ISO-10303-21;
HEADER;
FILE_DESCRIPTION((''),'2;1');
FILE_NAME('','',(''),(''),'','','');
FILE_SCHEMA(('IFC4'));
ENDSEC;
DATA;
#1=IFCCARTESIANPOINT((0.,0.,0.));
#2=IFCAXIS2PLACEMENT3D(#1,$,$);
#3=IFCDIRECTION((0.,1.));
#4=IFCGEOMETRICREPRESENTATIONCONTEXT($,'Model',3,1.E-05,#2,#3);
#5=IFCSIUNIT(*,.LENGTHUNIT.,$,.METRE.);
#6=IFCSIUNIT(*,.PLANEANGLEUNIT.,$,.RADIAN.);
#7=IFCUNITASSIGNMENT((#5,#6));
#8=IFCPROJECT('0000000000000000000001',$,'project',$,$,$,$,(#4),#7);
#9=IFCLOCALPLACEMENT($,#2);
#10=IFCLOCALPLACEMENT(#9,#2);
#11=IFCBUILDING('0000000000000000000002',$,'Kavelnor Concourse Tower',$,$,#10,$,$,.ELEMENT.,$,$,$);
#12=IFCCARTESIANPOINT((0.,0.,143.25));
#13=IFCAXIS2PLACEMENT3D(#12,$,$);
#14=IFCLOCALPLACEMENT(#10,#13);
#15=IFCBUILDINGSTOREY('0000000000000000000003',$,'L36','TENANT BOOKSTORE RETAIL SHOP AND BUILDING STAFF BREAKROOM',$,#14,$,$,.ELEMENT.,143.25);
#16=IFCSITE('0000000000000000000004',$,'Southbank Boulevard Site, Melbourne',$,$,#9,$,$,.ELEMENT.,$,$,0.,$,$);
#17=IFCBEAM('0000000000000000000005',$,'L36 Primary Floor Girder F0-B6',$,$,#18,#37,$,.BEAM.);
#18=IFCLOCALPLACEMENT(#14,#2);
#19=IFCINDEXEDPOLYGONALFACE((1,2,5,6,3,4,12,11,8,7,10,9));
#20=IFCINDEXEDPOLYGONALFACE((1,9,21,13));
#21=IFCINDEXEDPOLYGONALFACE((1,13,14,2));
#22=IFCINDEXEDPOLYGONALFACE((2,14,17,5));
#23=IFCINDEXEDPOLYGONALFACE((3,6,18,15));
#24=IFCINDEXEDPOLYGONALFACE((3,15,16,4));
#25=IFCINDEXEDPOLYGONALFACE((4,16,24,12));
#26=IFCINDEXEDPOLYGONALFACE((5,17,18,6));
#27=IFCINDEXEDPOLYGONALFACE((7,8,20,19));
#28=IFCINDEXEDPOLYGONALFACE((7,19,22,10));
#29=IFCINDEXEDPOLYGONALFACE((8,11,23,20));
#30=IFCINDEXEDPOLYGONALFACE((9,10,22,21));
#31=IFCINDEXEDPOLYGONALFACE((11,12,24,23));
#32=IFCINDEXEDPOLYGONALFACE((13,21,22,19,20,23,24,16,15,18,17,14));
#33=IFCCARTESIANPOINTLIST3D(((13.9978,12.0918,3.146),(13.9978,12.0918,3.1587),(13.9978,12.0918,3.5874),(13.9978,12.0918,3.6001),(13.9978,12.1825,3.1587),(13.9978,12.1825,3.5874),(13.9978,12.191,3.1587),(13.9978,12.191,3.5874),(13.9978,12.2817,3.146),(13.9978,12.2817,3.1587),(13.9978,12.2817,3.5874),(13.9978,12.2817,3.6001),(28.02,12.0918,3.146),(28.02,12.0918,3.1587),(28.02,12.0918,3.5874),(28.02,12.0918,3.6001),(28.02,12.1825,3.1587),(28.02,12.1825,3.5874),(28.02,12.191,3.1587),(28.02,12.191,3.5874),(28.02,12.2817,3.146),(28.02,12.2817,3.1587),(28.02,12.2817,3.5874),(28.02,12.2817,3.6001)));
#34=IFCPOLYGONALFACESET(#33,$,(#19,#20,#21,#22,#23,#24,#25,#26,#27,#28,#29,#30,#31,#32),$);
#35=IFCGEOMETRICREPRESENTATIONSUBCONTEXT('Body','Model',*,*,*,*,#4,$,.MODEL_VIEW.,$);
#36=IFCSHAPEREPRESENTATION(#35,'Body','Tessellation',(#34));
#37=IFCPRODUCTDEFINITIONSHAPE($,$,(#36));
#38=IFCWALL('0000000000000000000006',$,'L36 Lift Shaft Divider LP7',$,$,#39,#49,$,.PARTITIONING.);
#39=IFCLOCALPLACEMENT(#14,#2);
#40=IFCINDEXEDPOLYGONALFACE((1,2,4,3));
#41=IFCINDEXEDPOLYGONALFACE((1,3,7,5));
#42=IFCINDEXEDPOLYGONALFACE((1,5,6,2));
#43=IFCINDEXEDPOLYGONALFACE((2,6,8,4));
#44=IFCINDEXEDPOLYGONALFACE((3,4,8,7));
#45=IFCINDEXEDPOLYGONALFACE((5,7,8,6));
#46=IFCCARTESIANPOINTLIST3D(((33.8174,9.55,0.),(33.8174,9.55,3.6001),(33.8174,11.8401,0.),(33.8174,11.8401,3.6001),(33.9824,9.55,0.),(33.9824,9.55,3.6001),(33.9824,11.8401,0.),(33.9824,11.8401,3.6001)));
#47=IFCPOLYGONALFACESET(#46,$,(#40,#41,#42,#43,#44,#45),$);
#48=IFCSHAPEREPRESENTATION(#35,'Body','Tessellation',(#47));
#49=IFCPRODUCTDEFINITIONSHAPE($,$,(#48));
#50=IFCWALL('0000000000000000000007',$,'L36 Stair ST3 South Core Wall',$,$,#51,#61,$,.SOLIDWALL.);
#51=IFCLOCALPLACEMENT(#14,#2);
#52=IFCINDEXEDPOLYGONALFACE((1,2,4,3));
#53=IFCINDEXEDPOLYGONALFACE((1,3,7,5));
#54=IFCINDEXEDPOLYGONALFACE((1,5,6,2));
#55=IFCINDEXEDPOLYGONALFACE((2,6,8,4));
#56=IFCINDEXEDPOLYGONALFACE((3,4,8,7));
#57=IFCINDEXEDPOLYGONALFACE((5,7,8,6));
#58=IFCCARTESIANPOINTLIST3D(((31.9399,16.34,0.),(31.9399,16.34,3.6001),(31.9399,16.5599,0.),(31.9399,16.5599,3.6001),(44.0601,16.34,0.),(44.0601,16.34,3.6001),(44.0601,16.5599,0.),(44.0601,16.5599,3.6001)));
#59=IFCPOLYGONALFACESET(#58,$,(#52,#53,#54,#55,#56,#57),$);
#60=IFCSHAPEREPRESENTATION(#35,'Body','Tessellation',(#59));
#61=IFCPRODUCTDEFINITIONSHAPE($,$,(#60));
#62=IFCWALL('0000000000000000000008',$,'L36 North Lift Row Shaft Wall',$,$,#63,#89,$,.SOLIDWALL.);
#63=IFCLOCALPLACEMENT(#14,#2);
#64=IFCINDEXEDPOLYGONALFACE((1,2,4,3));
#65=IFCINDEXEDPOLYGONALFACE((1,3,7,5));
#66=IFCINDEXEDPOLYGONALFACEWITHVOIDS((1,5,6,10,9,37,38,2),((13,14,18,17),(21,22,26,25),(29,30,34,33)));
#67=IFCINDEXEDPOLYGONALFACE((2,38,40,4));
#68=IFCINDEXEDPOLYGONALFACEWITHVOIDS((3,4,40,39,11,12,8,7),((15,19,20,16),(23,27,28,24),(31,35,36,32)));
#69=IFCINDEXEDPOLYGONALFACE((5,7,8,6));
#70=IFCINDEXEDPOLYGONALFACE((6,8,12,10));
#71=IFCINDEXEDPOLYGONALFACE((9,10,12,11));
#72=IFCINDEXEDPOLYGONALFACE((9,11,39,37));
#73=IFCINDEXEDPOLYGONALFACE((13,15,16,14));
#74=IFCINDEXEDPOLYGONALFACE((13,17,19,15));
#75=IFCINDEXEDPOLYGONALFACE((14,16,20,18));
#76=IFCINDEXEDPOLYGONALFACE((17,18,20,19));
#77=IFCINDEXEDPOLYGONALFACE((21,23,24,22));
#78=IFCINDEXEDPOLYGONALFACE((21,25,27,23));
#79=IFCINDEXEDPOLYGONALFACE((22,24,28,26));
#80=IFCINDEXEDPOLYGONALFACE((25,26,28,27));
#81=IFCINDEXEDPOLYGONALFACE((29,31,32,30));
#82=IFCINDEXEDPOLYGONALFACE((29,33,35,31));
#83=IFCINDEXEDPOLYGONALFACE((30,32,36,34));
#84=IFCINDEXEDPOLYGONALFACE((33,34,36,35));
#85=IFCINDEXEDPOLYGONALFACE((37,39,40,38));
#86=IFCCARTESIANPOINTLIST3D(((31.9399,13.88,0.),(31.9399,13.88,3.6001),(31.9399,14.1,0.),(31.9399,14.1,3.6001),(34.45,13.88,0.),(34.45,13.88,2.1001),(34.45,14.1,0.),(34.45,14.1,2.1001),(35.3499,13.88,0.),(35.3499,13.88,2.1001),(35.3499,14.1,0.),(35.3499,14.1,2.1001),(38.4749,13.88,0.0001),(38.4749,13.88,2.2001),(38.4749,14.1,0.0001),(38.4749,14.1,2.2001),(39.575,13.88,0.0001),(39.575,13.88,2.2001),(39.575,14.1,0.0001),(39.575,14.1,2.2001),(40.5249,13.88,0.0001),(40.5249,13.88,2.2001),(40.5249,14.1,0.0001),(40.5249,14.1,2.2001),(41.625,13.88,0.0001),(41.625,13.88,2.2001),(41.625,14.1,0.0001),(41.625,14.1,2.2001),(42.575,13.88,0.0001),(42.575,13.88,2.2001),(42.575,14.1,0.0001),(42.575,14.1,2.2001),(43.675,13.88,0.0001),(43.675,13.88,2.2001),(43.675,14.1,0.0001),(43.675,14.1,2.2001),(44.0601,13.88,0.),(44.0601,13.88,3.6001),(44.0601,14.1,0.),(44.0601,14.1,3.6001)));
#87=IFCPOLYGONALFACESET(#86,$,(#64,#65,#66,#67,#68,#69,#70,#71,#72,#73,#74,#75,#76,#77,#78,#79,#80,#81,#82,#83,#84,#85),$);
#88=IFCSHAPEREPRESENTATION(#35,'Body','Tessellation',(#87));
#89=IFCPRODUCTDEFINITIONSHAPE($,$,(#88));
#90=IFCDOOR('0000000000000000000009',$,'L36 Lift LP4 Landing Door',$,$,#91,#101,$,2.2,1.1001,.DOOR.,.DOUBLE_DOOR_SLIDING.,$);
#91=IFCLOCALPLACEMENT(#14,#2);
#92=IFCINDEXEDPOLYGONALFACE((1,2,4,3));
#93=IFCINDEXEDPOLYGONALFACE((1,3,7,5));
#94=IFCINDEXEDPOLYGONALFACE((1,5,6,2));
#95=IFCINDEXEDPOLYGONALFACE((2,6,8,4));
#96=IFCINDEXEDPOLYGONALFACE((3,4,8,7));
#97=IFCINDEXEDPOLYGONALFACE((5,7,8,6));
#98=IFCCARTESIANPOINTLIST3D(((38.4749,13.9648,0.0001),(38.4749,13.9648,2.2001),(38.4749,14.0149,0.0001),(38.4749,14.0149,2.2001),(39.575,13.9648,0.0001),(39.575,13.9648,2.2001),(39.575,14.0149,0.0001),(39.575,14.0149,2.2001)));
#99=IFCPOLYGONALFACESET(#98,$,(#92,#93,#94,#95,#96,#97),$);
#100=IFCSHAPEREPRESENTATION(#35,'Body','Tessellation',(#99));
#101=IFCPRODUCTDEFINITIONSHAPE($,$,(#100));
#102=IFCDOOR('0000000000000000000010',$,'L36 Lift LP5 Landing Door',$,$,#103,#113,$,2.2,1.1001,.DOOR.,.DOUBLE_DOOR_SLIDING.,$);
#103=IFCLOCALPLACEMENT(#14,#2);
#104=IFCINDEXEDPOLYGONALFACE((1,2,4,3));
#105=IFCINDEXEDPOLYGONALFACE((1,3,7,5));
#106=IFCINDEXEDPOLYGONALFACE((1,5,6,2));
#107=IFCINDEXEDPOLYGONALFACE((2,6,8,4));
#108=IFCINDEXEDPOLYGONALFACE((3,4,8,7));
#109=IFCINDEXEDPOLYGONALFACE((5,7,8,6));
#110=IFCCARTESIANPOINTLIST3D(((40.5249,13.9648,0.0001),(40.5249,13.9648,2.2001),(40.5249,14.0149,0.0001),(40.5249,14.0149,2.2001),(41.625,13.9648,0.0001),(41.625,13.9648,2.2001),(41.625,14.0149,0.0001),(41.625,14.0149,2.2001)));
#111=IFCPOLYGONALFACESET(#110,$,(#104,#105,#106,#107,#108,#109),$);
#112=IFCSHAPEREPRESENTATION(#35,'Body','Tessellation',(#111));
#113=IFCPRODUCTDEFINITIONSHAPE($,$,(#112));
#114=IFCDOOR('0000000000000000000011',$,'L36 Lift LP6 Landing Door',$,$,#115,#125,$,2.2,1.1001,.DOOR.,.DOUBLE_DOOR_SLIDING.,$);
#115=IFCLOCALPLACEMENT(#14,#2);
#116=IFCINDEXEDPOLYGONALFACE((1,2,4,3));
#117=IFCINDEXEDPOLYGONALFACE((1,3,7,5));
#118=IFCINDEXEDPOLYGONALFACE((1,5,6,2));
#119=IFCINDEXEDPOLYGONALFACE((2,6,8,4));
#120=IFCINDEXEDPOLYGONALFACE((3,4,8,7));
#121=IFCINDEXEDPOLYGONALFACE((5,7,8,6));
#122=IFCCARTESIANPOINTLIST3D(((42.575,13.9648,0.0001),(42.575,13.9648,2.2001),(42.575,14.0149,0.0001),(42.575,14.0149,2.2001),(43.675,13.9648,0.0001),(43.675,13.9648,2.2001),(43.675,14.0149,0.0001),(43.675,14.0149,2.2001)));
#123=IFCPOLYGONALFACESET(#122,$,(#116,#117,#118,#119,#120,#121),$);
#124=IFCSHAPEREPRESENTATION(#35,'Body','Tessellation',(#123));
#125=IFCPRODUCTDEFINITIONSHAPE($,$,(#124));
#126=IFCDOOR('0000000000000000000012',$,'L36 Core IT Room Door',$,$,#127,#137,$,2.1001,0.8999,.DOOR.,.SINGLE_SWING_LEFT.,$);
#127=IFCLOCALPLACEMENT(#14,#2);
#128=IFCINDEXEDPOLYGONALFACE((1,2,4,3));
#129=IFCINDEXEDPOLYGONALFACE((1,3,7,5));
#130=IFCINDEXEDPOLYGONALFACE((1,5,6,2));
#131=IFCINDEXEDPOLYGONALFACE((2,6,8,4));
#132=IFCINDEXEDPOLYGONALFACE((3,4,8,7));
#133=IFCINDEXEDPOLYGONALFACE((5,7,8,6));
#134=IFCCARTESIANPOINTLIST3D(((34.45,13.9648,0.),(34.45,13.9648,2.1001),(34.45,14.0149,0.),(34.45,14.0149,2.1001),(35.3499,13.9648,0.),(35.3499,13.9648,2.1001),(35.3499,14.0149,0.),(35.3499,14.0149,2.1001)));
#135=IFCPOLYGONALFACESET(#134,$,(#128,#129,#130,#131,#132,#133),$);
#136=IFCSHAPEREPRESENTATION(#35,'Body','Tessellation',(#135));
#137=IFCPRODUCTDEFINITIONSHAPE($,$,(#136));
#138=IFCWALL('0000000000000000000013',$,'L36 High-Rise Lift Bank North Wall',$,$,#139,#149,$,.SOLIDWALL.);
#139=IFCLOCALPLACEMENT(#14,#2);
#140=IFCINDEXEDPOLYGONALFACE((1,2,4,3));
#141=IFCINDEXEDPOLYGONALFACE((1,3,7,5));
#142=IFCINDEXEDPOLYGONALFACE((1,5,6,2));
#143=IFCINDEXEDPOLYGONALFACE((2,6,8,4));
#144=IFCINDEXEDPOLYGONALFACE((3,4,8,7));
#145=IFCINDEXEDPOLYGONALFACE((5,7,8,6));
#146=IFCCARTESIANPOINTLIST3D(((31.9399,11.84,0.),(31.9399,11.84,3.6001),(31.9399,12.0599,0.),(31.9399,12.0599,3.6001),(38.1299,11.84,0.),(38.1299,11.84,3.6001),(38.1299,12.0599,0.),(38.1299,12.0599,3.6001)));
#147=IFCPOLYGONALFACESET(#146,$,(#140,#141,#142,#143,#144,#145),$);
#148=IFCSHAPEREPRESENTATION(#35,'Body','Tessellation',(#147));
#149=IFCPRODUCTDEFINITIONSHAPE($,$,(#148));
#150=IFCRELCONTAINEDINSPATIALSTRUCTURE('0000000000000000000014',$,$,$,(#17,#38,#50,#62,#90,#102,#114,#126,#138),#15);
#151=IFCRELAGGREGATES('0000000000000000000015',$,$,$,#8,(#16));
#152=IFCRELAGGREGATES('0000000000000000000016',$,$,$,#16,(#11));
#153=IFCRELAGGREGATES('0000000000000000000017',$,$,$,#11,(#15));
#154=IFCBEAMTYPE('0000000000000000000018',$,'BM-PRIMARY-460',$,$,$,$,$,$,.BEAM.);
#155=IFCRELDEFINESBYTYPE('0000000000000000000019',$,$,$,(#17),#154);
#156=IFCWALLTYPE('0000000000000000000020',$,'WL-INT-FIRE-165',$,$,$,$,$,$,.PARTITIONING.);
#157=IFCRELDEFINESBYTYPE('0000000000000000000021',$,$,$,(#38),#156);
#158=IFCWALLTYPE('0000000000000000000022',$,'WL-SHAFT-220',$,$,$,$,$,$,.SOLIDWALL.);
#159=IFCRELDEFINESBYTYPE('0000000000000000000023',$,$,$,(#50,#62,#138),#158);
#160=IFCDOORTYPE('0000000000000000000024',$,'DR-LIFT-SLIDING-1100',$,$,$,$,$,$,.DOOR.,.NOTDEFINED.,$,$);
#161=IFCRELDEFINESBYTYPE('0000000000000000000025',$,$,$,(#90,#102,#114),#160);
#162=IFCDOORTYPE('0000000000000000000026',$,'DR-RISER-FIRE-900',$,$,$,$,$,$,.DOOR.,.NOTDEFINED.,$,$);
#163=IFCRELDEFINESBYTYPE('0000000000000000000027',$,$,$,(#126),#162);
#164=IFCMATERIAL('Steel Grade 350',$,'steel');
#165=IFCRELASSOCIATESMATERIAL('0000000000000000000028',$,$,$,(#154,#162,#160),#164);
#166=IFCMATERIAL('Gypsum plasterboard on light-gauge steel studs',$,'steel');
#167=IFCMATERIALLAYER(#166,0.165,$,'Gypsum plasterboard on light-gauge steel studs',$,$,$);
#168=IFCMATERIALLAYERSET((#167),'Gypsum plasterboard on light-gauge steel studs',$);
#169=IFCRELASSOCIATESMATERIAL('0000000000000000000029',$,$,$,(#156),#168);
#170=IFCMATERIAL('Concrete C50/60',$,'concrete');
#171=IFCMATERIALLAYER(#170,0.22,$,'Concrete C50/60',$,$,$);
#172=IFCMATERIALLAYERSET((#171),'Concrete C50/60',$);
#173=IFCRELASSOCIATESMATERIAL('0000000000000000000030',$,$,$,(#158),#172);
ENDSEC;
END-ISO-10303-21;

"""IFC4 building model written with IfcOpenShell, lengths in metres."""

from ifc_helpers import new_model, si_unit, direction, frame, frame_2d, origin, origin_2d, place, context, subcontext, project, spatial, rectangle, i_section, extrude, material, layer, layer_set, material_profile, profile_set, type_object, element, fill, save


model = new_model("IFC4")

# Units and contexts
model_context = context("Model", 3, precision=1e-05, world=origin(), true_north=direction((0.0, 1.0)))
body_context = subcontext(model_context, "Body", "Model", "MODEL_VIEW")
ifc_project = project(units=[si_unit("LENGTHUNIT", "METRE"), si_unit("PLANEANGLEUNIT", "RADIAN")], contexts=[model_context])

# Site, building, storey
site_placement = place(None, origin())
site = spatial("IfcSite", under=ifc_project, at=site_placement, Name="Southbank Boulevard Site, Melbourne", CompositionType="ELEMENT", RefElevation=0.0)
building_placement = place(site_placement, origin())
building = spatial("IfcBuilding", under=site, at=building_placement, Name="Kavelnor Concourse Tower", CompositionType="ELEMENT")
storey_placement = place(building_placement, frame((0.0, 0.0, 143.25)))
storey = spatial("IfcBuildingStorey", under=building, at=storey_placement, Name="L36", Description="TENANT BOOKSTORE RETAIL SHOP AND BUILDING STAFF BREAKROOM", CompositionType="ELEMENT", Elevation=143.25)

# Beam
ifc_material_1 = material(Name="Steel Grade 350", Category="steel")
ifc_material_profile = material_profile(ifc_material_1, i_section(OverallWidth=0.1899, OverallDepth=0.4541, WebThickness=0.0085, FlangeThickness=0.0127, at=origin_2d()), Name="460UB67")
ifc_profile_set = profile_set([ifc_material_profile], Name="Steel Grade 350")
beam_type = type_object("IfcBeamType", Name="BM-PRIMARY-460", PredefinedType="BEAM", material=ifc_profile_set)
beam_placement = place(storey_placement, frame((28.02, 12.1868, 3.373), z_axis=(-1.0, 0.0, 0.0), x_axis=(0.0, -1.0, 0.0)))
element("IfcBeam", 1, at=beam_placement, inside=storey, type_object=beam_type, Name="L36 Primary Floor Girder F0-B6", PredefinedType="BEAM", context=body_context, shape_type="SweptSolid", body=[
    extrude(i_section(OverallWidth=0.1899, OverallDepth=0.4541, WebThickness=0.0085, FlangeThickness=0.0127, at=origin_2d()), origin(), (0.0, 0.0, 1.0), 14.0222),
])

# Shared definitions
door_type_1 = type_object("IfcDoorType", Name="DR-RISER-FIRE-900", OperationType="NOTDEFINED", PredefinedType="DOOR", material=ifc_material_1)

# Walls
ifc_material_2 = material(Name="Gypsum plasterboard on light-gauge steel studs", Category="steel")
ifc_layer_1 = layer(ifc_material_2, 0.165, Name="Gypsum plasterboard on light-gauge steel studs")
ifc_layer_set_1 = layer_set([ifc_layer_1], Name="Gypsum plasterboard on light-gauge steel studs")
wall_type_1 = type_object("IfcWallType", Name="WL-INT-FIRE-165", PredefinedType="PARTITIONING", material=ifc_layer_set_1)
wall_1_placement = place(storey_placement, frame((33.8999, 9.55, 0.0), z_axis=(0.0, 0.0, 1.0), x_axis=(0.0, 1.0, 0.0)))
element("IfcWall", 2, at=wall_1_placement, inside=storey, type_object=wall_type_1, Name="L36 Lift Shaft Divider LP7", PredefinedType="PARTITIONING", context=body_context, shape_type="SweptSolid", body=[
    extrude(rectangle(XDim=2.29, YDim=0.165, at=frame_2d((1.145, 0.0))), origin(), (0.0, 0.0, 1.0), 3.6001),
])
ifc_material_3 = material(Name="Concrete C50/60", Category="concrete")
ifc_layer_2 = layer(ifc_material_3, 0.22, Name="Concrete C50/60")
ifc_layer_set_2 = layer_set([ifc_layer_2], Name="Concrete C50/60")
wall_type_2 = type_object("IfcWallType", Name="WL-SHAFT-220", PredefinedType="SOLIDWALL", material=ifc_layer_set_2)
wall_2_placement = place(storey_placement, frame((31.9399, 16.45, 0.0), z_axis=(0.0, 0.0, 1.0), x_axis=(1.0, 0.0, 0.0)))
element("IfcWall", 3, at=wall_2_placement, inside=storey, type_object=wall_type_2, Name="L36 Stair ST3 South Core Wall", PredefinedType="SOLIDWALL", context=body_context, shape_type="SweptSolid", body=[
    extrude(rectangle(XDim=12.1201, YDim=0.22, at=frame_2d((6.0601, 0.0))), origin(), (0.0, 0.0, 1.0), 3.6001),
])

# Wall, openings, doors
wall_3_placement = place(storey_placement, frame((31.9399, 13.99, 0.0), z_axis=(0.0, 0.0, 1.0), x_axis=(1.0, 0.0, 0.0)))
wall_3 = element("IfcWall", 4, at=wall_3_placement, inside=storey, type_object=wall_type_2, Name="L36 North Lift Row Shaft Wall", PredefinedType="SOLIDWALL", context=body_context, shape_type="SweptSolid", body=[
    extrude(rectangle(XDim=12.1201, YDim=0.22, at=frame_2d((6.0601, 0.0))), origin(), (0.0, 0.0, 1.0), 3.6001),
])
opening_1_placement = place(wall_3_placement, frame((2.51, 0.0, 0.0)))
opening_1 = element("IfcOpeningElement", 5, at=opening_1_placement, cuts=wall_3, PredefinedType="OPENING", context=body_context, shape_type="SweptSolid", body=[
    extrude(rectangle(XDim=0.8999, YDim=2.1001, at=frame_2d((0.45, 1.05))), frame((0.0, 0.1201, 0.0), z_axis=(0.0, -1.0, 0.0), x_axis=(1.0, 0.0, 0.0)), (0.0, 0.0, 1.0), 0.24),
])
opening_2_placement = place(wall_3_placement, frame((6.5349, 0.0, 0.0)))
opening_2 = element("IfcOpeningElement", 6, at=opening_2_placement, cuts=wall_3, PredefinedType="OPENING", context=body_context, shape_type="SweptSolid", body=[
    extrude(rectangle(XDim=1.1001, YDim=2.2, at=frame_2d((0.55, 1.1001))), frame((0.0, 0.1201, 0.0), z_axis=(0.0, -1.0, 0.0), x_axis=(1.0, 0.0, 0.0)), (0.0, 0.0, 1.0), 0.24),
])
opening_3_placement = place(wall_3_placement, frame((8.585, 0.0, 0.0)))
opening_3 = element("IfcOpeningElement", 7, at=opening_3_placement, cuts=wall_3, PredefinedType="OPENING", context=body_context, shape_type="SweptSolid", body=[
    extrude(rectangle(XDim=1.1001, YDim=2.2, at=frame_2d((0.55, 1.1001))), frame((0.0, 0.1201, 0.0), z_axis=(0.0, -1.0, 0.0), x_axis=(1.0, 0.0, 0.0)), (0.0, 0.0, 1.0), 0.24),
])
opening_4_placement = place(wall_3_placement, frame((10.635, 0.0, 0.0)))
opening_4 = element("IfcOpeningElement", 8, at=opening_4_placement, cuts=wall_3, PredefinedType="OPENING", context=body_context, shape_type="SweptSolid", body=[
    extrude(rectangle(XDim=1.1001, YDim=2.2, at=frame_2d((0.55, 1.1001))), frame((0.0, 0.1201, 0.0), z_axis=(0.0, -1.0, 0.0), x_axis=(1.0, 0.0, 0.0)), (0.0, 0.0, 1.0), 0.24),
])
door_type_2 = type_object("IfcDoorType", Name="DR-LIFT-SLIDING-1100", OperationType="NOTDEFINED", PredefinedType="DOOR", material=ifc_material_1)
door_1_placement = place(opening_2_placement, origin())
door_1 = element("IfcDoor", 9, at=door_1_placement, inside=storey, type_object=door_type_2, Name="L36 Lift LP4 Landing Door", OperationType="DOUBLE_DOOR_SLIDING", OverallHeight=2.2, OverallWidth=1.1001, PredefinedType="DOOR", context=body_context, shape_type="SweptSolid", body=[
    extrude(rectangle(XDim=1.1001, YDim=2.2, at=frame_2d((0.55, 1.1001))), frame((0.0, 0.0249, 0.0), z_axis=(0.0, -1.0, 0.0), x_axis=(1.0, 0.0, 0.0)), (0.0, 0.0, 1.0), 0.05),
])
fill(opening_2, door_1)
door_2_placement = place(opening_3_placement, origin())
door_2 = element("IfcDoor", 10, at=door_2_placement, inside=storey, type_object=door_type_2, Name="L36 Lift LP5 Landing Door", OperationType="DOUBLE_DOOR_SLIDING", OverallHeight=2.2, OverallWidth=1.1001, PredefinedType="DOOR", context=body_context, shape_type="SweptSolid", body=[
    extrude(rectangle(XDim=1.1001, YDim=2.2, at=frame_2d((0.55, 1.1001))), frame((0.0, 0.0249, 0.0), z_axis=(0.0, -1.0, 0.0), x_axis=(1.0, 0.0, 0.0)), (0.0, 0.0, 1.0), 0.05),
])
fill(opening_3, door_2)
door_3_placement = place(opening_4_placement, origin())
door_3 = element("IfcDoor", 11, at=door_3_placement, inside=storey, type_object=door_type_2, Name="L36 Lift LP6 Landing Door", OperationType="DOUBLE_DOOR_SLIDING", OverallHeight=2.2, OverallWidth=1.1001, PredefinedType="DOOR", context=body_context, shape_type="SweptSolid", body=[
    extrude(rectangle(XDim=1.1001, YDim=2.2, at=frame_2d((0.55, 1.1001))), frame((0.0, 0.0249, 0.0), z_axis=(0.0, -1.0, 0.0), x_axis=(1.0, 0.0, 0.0)), (0.0, 0.0, 1.0), 0.05),
])
fill(opening_4, door_3)
door_4_placement = place(opening_1_placement, origin())
door_4 = element("IfcDoor", 12, at=door_4_placement, inside=storey, type_object=door_type_1, Name="L36 Core IT Room Door", OperationType="SINGLE_SWING_LEFT", OverallHeight=2.1001, OverallWidth=0.8999, PredefinedType="DOOR", context=body_context, shape_type="SweptSolid", body=[
    extrude(rectangle(XDim=0.8999, YDim=2.1001, at=frame_2d((0.45, 1.05))), frame((0.0, 0.0249, 0.0), z_axis=(0.0, -1.0, 0.0), x_axis=(1.0, 0.0, 0.0)), (0.0, 0.0, 1.0), 0.05),
])
fill(opening_1, door_4)

# Wall
wall_4_placement = place(storey_placement, frame((31.9399, 11.95, 0.0), z_axis=(0.0, 0.0, 1.0), x_axis=(1.0, 0.0, 0.0)))
element("IfcWall", 13, at=wall_4_placement, inside=storey, type_object=wall_type_2, Name="L36 High-Rise Lift Bank North Wall", PredefinedType="SOLIDWALL", context=body_context, shape_type="SweptSolid", body=[
    extrude(rectangle(XDim=6.1899, YDim=0.22, at=frame_2d((3.095, 0.0))), origin(), (0.0, 0.0, 1.0), 3.6001),
])

save(model, "model.ifc")
